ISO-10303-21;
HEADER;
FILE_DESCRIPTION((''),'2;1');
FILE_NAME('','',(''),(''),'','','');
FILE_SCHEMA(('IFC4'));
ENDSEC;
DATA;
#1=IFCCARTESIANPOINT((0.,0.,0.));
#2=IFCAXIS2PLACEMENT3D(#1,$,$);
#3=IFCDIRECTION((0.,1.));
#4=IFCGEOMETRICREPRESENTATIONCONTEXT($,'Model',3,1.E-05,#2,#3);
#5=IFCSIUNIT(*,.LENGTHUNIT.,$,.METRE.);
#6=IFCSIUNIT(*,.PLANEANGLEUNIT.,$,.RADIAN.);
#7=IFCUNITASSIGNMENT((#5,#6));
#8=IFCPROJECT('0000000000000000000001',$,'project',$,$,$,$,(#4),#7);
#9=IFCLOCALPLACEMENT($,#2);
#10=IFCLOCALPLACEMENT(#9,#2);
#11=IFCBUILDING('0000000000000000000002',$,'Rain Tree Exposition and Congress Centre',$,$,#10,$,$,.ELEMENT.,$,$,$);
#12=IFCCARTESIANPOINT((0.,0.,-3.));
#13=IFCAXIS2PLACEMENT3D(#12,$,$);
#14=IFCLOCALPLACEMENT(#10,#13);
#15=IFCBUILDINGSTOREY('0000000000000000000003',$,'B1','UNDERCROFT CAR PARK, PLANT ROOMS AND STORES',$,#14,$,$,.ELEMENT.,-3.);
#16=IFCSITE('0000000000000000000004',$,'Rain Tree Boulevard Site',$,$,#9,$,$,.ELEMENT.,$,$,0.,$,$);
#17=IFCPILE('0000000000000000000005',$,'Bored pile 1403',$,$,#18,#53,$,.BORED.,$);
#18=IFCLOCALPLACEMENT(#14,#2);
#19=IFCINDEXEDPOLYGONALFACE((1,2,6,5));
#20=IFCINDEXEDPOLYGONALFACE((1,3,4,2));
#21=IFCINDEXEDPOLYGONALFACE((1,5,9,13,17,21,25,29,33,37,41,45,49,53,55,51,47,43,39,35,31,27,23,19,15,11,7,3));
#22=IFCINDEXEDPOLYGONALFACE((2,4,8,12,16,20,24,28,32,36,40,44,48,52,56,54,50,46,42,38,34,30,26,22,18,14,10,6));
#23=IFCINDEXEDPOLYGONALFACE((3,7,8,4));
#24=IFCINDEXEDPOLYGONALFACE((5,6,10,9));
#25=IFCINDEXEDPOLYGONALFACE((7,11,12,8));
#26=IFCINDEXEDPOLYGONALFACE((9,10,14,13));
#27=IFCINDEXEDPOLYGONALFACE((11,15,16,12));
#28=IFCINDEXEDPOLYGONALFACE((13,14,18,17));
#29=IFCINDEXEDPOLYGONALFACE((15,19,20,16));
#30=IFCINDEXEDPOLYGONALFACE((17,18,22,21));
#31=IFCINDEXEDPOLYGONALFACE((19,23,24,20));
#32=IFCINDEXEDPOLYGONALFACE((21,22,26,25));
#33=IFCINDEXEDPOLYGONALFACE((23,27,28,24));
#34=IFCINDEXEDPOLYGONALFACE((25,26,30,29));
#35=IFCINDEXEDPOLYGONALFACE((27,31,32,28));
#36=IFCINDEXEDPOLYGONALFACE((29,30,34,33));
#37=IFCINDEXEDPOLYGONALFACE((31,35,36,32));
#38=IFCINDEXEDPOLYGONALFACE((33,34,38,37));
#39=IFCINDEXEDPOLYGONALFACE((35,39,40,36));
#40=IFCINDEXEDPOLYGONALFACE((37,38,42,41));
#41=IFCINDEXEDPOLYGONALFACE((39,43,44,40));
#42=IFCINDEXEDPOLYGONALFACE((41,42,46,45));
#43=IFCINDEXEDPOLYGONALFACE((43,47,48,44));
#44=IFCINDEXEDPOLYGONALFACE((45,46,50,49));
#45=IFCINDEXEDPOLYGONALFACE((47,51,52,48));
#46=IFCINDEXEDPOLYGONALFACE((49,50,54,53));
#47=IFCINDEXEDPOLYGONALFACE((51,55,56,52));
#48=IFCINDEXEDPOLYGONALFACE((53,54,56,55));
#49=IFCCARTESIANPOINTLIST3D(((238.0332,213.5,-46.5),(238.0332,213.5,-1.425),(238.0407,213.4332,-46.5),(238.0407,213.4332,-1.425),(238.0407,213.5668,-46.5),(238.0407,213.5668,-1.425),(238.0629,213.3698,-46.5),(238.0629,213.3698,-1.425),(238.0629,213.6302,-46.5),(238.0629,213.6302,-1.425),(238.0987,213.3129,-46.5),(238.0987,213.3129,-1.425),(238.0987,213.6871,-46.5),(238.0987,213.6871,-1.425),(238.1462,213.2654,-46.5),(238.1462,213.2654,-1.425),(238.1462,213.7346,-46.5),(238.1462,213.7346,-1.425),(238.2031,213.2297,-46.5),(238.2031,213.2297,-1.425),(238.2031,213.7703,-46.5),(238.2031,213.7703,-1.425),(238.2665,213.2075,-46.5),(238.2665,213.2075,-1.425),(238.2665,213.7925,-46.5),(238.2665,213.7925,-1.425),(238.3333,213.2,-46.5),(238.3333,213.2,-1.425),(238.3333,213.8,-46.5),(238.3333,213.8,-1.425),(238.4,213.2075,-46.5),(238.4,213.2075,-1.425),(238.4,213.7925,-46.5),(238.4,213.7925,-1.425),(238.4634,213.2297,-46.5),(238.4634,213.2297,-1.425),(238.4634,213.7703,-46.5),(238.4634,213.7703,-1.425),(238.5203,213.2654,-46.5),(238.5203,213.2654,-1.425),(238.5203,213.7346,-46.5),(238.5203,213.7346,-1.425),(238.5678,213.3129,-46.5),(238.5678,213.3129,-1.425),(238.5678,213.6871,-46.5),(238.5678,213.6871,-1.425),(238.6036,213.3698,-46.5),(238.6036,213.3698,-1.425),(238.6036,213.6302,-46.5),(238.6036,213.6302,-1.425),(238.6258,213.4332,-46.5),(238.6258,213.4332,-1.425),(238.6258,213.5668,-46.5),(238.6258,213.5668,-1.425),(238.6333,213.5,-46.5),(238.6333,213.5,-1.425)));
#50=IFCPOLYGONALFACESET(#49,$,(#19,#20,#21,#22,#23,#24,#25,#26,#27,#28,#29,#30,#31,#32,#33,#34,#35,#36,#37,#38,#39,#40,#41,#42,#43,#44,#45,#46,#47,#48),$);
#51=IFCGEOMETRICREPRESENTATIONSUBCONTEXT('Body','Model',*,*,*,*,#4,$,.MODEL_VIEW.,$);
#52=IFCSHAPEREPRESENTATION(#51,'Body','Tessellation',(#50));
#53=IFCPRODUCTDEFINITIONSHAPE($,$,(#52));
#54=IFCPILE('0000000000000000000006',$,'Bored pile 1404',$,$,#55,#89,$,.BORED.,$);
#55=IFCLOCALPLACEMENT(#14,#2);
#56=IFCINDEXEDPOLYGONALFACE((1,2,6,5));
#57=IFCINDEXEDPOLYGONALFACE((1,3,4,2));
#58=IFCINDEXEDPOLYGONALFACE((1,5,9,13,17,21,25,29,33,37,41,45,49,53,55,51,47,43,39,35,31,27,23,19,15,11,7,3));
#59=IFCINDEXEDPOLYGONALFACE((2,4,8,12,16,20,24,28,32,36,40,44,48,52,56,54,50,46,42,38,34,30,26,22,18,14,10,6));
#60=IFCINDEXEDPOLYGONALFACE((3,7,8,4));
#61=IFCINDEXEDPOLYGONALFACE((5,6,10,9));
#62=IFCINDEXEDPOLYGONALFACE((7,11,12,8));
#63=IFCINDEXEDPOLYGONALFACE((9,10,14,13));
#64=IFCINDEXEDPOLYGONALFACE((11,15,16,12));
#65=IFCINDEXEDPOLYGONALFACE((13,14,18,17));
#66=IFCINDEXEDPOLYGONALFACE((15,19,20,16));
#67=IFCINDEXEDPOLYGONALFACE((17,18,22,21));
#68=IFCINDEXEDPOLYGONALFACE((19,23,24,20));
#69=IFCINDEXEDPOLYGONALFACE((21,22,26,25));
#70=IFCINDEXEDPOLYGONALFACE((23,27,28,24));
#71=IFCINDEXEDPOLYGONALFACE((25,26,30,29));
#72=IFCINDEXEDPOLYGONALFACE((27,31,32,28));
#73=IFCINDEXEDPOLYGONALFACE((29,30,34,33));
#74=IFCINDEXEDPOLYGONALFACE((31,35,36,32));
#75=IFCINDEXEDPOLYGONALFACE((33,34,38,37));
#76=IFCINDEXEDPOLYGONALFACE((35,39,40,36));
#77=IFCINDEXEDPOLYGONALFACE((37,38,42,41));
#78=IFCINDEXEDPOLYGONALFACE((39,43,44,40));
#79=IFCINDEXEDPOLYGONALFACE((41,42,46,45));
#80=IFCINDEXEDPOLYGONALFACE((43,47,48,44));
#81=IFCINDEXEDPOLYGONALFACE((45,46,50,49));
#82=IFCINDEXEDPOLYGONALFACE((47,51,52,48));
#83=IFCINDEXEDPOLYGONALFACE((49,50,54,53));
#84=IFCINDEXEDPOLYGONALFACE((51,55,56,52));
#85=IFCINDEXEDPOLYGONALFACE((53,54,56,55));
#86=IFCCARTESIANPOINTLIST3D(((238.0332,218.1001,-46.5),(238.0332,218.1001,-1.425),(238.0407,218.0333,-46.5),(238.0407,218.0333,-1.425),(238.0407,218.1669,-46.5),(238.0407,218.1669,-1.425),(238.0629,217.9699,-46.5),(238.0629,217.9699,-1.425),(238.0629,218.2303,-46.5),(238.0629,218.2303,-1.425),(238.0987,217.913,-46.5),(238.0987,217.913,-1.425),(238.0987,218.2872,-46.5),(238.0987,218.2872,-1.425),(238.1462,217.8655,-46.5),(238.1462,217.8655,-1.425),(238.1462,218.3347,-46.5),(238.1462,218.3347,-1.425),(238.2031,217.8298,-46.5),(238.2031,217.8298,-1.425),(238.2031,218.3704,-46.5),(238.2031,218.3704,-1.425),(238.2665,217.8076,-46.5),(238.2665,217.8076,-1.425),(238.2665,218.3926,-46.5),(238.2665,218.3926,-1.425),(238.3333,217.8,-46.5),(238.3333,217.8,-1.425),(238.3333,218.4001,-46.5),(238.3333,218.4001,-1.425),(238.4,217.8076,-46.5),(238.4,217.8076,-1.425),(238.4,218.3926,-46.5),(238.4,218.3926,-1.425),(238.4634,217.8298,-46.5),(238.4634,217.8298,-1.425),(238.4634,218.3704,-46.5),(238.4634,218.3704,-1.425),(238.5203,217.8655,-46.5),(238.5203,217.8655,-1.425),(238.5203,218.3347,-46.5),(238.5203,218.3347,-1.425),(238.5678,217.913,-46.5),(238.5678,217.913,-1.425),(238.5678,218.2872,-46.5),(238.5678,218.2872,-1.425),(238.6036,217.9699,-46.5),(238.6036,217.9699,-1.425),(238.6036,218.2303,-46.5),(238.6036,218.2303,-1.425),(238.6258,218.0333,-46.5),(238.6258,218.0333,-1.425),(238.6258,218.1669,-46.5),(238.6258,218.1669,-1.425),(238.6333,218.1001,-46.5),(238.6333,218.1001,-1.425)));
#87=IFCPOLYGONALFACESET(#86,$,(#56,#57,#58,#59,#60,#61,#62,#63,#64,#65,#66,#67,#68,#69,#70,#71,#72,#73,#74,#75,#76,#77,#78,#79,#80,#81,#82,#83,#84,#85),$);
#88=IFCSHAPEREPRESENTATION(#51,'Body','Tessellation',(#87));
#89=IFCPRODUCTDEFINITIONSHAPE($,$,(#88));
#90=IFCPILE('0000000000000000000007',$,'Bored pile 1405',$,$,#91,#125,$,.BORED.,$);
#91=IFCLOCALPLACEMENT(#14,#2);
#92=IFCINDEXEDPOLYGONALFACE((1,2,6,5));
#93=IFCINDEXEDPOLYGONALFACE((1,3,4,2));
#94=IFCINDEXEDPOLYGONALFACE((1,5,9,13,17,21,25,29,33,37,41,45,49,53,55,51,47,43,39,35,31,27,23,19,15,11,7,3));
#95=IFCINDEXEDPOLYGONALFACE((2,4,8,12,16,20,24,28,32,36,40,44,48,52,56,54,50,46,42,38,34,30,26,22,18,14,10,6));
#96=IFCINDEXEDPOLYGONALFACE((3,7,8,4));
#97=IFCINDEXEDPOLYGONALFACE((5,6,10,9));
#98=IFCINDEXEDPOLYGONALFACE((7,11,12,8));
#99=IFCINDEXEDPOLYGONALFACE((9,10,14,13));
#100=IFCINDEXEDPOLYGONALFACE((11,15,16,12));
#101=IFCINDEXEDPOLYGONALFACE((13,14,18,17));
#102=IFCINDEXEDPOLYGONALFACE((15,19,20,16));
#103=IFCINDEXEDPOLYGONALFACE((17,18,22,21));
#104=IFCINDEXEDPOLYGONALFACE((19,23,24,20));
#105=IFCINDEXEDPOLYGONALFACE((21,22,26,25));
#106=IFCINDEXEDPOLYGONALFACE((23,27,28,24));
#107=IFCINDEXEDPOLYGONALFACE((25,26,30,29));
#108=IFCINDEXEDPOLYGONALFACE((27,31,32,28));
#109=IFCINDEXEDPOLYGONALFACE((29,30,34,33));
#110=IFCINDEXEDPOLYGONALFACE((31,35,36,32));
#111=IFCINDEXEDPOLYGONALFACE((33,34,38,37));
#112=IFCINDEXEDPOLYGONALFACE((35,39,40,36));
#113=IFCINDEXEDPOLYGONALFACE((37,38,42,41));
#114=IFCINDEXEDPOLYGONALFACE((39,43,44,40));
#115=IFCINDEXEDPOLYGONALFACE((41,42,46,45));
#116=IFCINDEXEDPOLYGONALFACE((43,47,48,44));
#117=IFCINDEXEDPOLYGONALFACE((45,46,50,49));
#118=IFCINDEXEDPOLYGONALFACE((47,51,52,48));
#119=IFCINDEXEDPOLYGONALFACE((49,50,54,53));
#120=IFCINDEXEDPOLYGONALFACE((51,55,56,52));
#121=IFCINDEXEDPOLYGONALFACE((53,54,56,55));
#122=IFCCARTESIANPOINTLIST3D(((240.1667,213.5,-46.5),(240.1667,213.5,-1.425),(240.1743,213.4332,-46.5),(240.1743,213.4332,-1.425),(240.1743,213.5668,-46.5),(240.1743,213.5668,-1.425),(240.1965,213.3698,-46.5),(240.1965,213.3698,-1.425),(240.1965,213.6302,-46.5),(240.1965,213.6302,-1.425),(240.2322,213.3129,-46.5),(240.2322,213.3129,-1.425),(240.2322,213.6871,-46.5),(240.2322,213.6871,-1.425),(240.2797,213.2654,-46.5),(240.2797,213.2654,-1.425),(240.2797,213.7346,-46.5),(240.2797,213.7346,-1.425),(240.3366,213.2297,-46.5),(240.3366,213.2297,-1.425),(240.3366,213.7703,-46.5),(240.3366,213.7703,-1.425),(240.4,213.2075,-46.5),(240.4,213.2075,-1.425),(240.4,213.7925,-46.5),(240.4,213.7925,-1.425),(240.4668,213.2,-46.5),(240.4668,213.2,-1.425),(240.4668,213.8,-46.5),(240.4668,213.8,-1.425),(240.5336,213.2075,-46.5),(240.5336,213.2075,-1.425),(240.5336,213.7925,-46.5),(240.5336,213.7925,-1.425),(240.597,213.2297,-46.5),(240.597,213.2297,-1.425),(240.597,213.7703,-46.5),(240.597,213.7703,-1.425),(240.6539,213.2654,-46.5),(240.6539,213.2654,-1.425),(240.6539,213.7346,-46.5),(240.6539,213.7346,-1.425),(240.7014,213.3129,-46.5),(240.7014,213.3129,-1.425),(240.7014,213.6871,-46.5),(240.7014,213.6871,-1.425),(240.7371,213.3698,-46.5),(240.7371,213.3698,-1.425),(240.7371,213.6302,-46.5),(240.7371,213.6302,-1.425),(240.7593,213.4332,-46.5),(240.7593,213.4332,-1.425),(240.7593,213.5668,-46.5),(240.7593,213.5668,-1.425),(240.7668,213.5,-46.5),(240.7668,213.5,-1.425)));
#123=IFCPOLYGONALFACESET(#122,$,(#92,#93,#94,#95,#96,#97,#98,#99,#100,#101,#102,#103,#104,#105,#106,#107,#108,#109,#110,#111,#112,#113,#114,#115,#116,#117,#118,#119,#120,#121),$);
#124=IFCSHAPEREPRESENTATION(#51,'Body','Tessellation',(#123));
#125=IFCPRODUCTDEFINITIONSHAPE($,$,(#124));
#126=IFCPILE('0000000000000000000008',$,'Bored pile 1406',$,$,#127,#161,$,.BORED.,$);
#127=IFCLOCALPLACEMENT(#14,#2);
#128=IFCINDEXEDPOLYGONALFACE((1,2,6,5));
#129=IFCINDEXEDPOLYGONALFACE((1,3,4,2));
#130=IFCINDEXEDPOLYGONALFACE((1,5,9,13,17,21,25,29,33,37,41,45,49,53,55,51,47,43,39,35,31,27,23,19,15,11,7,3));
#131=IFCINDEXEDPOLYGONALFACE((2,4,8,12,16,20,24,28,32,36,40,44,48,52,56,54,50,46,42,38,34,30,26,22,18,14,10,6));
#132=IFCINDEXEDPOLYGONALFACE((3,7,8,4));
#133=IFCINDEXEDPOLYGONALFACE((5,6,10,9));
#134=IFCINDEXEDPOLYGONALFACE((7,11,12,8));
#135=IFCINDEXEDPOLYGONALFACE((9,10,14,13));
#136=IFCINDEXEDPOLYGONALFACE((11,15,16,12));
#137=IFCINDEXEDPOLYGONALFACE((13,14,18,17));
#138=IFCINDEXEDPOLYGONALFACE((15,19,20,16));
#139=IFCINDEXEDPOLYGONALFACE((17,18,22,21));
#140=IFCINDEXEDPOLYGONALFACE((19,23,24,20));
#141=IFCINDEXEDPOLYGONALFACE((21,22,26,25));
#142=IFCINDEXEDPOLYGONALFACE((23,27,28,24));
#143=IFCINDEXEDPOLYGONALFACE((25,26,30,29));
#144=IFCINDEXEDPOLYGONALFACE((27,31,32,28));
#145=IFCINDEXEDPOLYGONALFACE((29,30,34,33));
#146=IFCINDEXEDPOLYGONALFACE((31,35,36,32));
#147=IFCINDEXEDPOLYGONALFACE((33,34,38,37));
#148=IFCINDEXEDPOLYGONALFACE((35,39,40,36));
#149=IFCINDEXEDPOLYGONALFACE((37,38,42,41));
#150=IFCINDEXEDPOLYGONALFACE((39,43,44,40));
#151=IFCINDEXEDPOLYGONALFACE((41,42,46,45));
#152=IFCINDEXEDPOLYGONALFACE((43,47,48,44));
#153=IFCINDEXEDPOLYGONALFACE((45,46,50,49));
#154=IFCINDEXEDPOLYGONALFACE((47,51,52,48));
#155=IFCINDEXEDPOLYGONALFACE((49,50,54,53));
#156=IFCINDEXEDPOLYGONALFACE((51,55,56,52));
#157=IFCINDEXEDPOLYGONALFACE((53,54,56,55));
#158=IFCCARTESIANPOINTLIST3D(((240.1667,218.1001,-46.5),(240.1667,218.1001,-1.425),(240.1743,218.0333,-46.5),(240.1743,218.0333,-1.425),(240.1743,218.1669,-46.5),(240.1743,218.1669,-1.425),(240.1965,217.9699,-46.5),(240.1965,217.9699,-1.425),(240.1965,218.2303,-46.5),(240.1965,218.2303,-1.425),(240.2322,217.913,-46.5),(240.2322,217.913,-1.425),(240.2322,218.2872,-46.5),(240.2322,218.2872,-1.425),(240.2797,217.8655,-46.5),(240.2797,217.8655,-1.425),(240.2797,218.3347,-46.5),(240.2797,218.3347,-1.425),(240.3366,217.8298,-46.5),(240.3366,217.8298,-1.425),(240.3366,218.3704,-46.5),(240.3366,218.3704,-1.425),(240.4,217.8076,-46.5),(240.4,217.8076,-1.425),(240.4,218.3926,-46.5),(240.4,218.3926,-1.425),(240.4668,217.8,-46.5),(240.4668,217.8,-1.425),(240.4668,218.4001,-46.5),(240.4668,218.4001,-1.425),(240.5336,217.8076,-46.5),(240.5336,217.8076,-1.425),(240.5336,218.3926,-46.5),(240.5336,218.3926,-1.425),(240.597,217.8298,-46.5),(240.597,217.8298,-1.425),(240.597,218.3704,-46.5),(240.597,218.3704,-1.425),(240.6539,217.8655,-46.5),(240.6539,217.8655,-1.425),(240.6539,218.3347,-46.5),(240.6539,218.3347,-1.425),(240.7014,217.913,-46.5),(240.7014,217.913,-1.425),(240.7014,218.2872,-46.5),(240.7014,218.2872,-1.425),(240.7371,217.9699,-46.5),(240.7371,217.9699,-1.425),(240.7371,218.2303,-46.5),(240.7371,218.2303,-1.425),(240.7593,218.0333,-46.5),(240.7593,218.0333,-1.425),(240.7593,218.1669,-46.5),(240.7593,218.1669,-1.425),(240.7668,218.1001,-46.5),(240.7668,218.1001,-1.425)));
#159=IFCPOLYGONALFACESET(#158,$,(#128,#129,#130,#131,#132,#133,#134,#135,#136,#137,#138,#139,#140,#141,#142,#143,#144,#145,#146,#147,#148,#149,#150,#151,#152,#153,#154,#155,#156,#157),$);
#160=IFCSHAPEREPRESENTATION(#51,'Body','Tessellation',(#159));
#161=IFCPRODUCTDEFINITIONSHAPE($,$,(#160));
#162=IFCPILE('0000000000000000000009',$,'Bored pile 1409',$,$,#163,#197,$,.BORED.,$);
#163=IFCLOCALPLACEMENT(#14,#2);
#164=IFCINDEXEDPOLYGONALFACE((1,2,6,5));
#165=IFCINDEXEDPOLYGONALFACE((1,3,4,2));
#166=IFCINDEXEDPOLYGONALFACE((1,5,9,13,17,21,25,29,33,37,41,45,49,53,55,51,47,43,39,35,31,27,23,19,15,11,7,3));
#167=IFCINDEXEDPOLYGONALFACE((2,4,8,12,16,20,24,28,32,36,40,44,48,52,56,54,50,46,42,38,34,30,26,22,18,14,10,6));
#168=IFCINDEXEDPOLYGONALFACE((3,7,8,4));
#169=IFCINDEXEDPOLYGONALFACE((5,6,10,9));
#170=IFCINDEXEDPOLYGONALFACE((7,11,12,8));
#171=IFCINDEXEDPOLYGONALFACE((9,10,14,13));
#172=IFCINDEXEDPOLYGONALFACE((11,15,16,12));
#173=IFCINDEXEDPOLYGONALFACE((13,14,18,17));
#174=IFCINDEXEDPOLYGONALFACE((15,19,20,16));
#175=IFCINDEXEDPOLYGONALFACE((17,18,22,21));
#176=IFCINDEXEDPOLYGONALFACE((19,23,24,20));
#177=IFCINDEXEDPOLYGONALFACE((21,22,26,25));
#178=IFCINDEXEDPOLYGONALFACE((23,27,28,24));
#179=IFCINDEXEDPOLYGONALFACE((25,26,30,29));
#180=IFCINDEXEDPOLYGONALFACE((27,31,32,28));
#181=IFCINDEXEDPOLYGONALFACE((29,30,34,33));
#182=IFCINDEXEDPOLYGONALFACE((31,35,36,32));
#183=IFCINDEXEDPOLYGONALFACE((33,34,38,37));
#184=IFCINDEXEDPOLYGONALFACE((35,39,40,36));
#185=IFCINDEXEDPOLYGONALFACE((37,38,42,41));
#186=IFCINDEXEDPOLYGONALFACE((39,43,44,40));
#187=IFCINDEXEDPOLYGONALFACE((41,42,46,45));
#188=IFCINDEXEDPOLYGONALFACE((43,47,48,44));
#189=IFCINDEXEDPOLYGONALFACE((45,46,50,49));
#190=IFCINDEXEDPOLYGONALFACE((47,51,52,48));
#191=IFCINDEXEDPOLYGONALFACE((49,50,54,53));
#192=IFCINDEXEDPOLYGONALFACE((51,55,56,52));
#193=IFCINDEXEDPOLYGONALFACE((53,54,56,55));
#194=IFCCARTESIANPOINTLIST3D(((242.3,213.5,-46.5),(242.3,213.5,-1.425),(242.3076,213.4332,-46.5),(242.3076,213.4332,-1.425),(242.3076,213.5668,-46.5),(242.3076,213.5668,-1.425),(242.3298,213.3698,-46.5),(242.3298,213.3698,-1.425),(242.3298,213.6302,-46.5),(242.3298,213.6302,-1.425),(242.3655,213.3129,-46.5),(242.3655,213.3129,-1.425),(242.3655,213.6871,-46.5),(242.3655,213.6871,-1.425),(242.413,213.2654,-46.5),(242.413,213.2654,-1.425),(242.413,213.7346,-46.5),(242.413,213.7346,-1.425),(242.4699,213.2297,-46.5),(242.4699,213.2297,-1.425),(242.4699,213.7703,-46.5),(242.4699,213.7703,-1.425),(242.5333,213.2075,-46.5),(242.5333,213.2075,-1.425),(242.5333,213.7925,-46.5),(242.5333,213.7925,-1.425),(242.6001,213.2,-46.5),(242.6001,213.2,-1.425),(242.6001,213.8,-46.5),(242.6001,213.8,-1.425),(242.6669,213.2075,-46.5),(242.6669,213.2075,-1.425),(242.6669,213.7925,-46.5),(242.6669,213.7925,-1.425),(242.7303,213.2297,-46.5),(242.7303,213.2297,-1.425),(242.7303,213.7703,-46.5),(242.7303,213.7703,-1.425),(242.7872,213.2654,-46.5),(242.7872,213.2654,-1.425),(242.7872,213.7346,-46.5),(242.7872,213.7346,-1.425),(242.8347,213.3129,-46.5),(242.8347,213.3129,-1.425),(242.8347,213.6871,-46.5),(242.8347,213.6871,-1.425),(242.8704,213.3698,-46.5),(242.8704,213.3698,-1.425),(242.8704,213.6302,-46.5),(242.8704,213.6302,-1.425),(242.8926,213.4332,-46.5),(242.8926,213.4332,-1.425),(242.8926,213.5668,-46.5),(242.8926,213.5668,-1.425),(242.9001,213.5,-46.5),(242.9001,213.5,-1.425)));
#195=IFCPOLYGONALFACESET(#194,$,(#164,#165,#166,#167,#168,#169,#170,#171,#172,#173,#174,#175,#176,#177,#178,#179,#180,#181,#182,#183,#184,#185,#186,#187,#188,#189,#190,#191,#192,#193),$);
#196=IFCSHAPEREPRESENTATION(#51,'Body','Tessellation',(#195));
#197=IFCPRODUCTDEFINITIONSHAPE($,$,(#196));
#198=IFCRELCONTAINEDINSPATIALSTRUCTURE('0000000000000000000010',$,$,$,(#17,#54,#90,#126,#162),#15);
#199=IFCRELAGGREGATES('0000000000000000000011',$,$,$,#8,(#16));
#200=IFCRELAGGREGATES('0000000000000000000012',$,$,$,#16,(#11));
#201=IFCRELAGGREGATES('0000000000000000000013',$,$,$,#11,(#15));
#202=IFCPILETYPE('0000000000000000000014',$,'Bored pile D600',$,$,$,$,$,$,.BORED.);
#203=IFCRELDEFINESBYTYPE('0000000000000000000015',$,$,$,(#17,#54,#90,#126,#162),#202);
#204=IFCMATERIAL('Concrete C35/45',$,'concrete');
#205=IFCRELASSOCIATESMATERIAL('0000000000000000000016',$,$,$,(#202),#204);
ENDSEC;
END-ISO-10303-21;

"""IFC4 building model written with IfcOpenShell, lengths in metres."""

from ifc_helpers import new_model, si_unit, direction, frame, origin, origin_2d, place, context, subcontext, project, spatial, circle, extrude, material, material_profile, profile_set, type_object, element, save


model = new_model("IFC4")

# Units and contexts
model_context = context("Model", 3, precision=1e-05, world=origin(), true_north=direction((0.0, 1.0)))
body_context = subcontext(model_context, "Body", "Model", "MODEL_VIEW")
ifc_project = project(units=[si_unit("LENGTHUNIT", "METRE"), si_unit("PLANEANGLEUNIT", "RADIAN")], contexts=[model_context])

# Site, building, storey
site_placement = place(None, origin())
site = spatial("IfcSite", under=ifc_project, at=site_placement, Name="Rain Tree Boulevard Site", CompositionType="ELEMENT", RefElevation=0.0)
building_placement = place(site_placement, origin())
building = spatial("IfcBuilding", under=site, at=building_placement, Name="Rain Tree Exposition and Congress Centre", CompositionType="ELEMENT")
storey_placement = place(building_placement, frame((0.0, 0.0, -3.0)))
storey = spatial("IfcBuildingStorey", under=building, at=storey_placement, Name="B1", Description="UNDERCROFT CAR PARK, PLANT ROOMS AND STORES", CompositionType="ELEMENT", Elevation=-3.0)

# Piles
ifc_material_1 = material(Name="Concrete C35/45", Category="concrete")
ifc_material_profile_1 = material_profile(ifc_material_1, circle(Radius=0.3, at=origin_2d()), Name="D600")
ifc_profile_set_1 = profile_set([ifc_material_profile_1], Name="Concrete C35/45")
pile_type_1 = type_object("IfcPileType", Name="Bored pile D600", PredefinedType="BORED", material=ifc_profile_set_1)
for number, where, z_axis, x_axis, name in (
    (1, (238.3333, 213.5, -1.425), (0.0, 0.0, -1.0), (1.0, 0.0, 0.0), "Bored pile 1403"),
    (2, (238.3333, 218.1001, -1.425), (0.0, 0.0, -1.0), (1.0, 0.0, 0.0), "Bored pile 1404"),
    (3, (240.4668, 213.5, -1.425), (0.0, 0.0, -1.0), (1.0, 0.0, 0.0), "Bored pile 1405"),
    (4, (240.4668, 218.1001, -1.425), (0.0, 0.0, -1.0), (1.0, 0.0, 0.0), "Bored pile 1406"),
    (5, (242.6001, 213.5, -1.425), (0.0, 0.0, -1.0), (1.0, 0.0, 0.0), "Bored pile 1409"),
):
    element("IfcPile", number, at=place(storey_placement, frame(where, z_axis=z_axis, x_axis=x_axis)), inside=storey, type_object=pile_type_1, Name=name, PredefinedType="BORED", context=body_context, shape_type="SweptSolid", body=[
        extrude(circle(Radius=0.3, at=origin_2d()), origin(), (0.0, 0.0, 1.0), 45.075),
    ])

save(model, "model.ifc")
